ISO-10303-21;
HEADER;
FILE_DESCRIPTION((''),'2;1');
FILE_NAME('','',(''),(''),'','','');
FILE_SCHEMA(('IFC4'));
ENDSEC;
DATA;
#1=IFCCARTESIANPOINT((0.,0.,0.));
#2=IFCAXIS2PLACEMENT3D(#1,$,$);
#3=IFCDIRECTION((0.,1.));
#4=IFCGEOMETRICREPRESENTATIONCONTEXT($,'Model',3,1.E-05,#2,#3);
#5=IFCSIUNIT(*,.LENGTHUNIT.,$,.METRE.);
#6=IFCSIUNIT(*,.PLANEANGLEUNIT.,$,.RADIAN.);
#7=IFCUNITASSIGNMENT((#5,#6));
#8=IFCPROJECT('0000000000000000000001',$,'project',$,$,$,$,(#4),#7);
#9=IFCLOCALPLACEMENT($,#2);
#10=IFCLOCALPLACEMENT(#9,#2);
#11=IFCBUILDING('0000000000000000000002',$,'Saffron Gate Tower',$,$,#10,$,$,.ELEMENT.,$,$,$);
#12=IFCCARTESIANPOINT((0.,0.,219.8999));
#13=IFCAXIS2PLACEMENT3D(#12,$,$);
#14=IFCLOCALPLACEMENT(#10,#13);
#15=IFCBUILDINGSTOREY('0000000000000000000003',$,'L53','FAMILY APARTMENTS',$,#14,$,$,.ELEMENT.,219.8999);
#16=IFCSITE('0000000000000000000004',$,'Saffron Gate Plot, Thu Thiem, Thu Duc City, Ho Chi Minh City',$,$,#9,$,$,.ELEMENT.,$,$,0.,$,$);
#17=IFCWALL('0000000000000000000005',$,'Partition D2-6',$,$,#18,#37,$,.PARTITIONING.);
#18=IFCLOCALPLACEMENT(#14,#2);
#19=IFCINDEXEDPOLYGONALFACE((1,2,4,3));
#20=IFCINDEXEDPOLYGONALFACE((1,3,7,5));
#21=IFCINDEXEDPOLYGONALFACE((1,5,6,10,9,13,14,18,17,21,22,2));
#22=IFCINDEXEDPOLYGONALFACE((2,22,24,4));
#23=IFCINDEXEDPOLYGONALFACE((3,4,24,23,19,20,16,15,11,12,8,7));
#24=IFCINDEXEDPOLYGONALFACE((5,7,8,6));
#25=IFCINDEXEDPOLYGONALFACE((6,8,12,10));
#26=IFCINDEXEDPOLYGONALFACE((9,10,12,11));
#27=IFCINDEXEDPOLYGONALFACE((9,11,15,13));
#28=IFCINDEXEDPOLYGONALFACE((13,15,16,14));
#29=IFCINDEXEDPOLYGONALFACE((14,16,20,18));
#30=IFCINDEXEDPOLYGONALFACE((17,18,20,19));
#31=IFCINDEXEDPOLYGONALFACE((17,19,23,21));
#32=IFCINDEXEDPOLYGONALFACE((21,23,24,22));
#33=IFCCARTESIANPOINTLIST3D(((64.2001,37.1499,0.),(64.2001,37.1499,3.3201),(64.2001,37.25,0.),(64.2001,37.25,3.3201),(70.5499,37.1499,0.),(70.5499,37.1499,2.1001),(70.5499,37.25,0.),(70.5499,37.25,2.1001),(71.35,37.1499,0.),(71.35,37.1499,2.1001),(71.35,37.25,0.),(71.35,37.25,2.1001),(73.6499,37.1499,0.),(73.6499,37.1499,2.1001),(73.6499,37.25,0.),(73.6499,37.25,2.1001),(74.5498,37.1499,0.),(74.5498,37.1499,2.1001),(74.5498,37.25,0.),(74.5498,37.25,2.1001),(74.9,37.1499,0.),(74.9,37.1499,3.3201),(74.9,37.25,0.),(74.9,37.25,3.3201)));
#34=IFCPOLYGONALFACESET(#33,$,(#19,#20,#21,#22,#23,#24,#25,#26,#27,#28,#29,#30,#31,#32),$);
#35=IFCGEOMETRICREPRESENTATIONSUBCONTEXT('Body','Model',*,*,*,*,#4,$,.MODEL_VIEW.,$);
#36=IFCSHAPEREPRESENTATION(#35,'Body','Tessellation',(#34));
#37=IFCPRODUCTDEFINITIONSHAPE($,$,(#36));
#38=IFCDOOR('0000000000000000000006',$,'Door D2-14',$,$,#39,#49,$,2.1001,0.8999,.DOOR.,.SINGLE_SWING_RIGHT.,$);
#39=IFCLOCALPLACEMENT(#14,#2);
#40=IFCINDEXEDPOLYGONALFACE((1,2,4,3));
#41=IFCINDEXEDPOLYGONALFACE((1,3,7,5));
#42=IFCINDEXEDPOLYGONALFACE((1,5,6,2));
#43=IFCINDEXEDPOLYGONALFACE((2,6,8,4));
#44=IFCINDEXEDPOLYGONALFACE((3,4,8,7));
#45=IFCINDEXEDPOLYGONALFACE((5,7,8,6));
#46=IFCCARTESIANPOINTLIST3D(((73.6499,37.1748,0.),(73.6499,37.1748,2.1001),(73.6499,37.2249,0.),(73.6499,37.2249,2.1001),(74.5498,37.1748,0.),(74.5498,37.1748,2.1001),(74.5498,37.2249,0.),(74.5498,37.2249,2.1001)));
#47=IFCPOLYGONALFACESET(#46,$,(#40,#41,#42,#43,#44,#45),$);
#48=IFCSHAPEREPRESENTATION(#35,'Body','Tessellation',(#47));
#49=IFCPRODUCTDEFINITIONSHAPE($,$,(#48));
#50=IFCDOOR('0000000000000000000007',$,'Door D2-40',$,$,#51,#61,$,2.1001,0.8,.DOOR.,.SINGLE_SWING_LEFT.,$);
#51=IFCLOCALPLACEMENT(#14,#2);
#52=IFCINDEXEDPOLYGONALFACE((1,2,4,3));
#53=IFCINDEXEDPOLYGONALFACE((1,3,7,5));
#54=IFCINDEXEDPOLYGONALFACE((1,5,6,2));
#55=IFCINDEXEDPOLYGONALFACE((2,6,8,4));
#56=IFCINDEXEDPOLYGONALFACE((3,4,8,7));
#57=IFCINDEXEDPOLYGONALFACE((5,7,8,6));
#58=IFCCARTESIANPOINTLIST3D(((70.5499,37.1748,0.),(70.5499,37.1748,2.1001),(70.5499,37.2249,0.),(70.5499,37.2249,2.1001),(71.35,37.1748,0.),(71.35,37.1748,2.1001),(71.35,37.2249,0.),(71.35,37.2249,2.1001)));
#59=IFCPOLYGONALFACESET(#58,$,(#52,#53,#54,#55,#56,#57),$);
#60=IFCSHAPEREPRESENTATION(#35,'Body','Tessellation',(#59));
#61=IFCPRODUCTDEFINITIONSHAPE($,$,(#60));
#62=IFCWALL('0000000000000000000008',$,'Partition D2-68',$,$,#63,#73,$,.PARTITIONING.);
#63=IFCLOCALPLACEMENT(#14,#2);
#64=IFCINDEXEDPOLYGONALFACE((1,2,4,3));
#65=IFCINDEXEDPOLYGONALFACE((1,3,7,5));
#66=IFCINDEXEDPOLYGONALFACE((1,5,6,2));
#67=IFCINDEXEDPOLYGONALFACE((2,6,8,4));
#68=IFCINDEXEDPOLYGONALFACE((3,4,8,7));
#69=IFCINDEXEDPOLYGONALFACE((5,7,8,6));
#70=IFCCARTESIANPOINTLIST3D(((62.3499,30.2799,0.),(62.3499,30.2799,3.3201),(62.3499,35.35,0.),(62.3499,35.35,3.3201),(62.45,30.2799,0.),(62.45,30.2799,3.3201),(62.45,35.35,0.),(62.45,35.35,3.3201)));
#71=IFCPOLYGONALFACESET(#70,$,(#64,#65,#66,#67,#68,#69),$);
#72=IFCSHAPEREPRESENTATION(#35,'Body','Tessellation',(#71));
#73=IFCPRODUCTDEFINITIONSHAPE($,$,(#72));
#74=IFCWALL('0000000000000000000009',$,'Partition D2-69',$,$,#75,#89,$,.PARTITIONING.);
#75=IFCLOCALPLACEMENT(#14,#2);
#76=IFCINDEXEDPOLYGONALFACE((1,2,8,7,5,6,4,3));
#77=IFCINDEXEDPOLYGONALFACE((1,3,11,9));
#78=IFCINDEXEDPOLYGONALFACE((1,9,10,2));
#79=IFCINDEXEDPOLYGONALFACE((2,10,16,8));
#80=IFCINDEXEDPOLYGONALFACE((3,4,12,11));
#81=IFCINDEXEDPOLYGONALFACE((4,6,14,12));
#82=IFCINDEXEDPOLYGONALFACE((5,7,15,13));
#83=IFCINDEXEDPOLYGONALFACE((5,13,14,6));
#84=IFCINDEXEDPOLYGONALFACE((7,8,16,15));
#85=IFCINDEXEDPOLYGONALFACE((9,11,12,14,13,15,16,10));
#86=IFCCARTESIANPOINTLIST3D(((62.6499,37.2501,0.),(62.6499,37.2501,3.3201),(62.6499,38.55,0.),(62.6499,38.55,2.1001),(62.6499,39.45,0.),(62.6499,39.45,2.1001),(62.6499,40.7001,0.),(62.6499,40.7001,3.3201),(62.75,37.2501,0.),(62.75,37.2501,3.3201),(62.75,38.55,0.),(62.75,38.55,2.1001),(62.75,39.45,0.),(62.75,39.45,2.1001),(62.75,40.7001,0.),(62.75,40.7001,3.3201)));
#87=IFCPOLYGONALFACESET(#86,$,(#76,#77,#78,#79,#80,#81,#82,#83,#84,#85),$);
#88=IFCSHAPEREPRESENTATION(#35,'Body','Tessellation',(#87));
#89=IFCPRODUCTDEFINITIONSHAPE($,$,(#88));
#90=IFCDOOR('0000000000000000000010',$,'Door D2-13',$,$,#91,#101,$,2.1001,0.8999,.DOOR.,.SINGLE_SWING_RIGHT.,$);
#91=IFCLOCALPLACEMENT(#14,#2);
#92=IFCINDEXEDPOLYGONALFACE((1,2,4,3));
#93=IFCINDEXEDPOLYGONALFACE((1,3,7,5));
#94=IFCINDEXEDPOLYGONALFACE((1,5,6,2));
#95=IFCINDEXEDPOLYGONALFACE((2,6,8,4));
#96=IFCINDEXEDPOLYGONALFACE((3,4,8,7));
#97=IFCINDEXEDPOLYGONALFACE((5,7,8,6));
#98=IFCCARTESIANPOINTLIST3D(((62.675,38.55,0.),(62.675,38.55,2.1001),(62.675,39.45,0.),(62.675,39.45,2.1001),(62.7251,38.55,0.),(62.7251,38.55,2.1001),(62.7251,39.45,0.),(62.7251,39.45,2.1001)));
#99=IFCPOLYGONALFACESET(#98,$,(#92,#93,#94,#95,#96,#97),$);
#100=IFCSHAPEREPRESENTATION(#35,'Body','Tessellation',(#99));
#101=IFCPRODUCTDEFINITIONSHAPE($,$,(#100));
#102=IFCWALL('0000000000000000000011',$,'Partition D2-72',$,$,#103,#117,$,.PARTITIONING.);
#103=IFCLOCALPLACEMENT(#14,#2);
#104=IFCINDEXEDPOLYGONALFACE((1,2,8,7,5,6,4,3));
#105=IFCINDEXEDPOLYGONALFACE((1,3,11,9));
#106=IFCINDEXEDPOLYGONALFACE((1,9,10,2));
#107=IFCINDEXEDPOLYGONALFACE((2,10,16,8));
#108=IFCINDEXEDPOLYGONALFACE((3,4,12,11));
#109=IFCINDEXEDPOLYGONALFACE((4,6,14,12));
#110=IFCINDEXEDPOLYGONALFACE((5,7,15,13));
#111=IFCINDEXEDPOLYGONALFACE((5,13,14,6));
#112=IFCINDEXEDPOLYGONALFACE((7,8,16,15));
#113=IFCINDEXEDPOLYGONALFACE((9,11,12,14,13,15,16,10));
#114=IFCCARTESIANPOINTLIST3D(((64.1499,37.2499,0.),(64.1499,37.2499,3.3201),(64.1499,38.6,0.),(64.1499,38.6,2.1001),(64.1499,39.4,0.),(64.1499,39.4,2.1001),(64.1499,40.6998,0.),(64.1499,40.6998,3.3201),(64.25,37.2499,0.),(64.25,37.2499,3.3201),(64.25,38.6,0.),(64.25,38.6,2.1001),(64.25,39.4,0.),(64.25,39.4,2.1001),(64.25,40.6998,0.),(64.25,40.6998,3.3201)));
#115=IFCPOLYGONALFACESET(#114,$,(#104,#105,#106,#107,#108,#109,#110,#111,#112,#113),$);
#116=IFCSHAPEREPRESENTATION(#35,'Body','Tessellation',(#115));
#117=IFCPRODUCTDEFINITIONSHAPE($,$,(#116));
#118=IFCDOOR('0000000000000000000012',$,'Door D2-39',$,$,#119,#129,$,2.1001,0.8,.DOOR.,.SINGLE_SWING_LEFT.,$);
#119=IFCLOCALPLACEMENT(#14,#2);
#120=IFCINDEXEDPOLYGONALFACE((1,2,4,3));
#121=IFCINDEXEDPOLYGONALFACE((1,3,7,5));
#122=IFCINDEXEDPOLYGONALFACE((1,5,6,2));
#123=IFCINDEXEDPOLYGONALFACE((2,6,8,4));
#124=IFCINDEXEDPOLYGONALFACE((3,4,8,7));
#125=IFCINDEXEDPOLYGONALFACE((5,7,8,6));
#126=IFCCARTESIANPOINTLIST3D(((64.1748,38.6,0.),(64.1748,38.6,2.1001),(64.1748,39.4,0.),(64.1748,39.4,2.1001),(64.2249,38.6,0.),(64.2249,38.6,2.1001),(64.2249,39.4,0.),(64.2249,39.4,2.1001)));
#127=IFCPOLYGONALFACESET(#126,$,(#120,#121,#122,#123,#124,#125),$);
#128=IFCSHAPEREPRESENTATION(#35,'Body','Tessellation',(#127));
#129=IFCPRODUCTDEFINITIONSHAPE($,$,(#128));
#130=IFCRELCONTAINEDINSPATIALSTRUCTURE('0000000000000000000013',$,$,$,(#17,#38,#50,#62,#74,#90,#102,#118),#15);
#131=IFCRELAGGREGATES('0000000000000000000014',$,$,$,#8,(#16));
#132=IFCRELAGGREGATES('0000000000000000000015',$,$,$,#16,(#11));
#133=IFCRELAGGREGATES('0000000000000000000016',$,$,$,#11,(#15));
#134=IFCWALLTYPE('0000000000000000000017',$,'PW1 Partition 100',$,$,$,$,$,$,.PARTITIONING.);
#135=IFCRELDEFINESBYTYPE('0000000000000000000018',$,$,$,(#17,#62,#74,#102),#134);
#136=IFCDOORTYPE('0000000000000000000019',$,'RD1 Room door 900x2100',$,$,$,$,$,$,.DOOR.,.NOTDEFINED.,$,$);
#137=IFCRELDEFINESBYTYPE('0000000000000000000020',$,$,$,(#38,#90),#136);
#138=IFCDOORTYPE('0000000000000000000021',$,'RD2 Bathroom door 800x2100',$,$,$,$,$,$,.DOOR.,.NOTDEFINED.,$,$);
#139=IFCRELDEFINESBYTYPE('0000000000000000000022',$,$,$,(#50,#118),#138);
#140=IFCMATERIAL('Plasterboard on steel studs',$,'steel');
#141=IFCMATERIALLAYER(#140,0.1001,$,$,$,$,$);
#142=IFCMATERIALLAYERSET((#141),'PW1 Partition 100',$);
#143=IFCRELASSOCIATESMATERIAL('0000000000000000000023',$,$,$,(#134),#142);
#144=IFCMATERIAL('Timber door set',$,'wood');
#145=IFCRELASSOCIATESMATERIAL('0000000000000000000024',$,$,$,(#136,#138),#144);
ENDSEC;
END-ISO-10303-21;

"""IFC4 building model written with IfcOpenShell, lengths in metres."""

from ifc_helpers import new_model, si_unit, direction, frame, frame_2d, origin, place, context, subcontext, project, spatial, rectangle, extrude, material, layer, layer_set, type_object, element, fill, save


model = new_model("IFC4")

# Units and contexts
model_context = context("Model", 3, precision=1e-05, world=origin(), true_north=direction((0.0, 1.0)))
body_context = subcontext(model_context, "Body", "Model", "MODEL_VIEW")
ifc_project = project(units=[si_unit("LENGTHUNIT", "METRE"), si_unit("PLANEANGLEUNIT", "RADIAN")], contexts=[model_context])

# Site, building, storey
site_placement = place(None, origin())
site = spatial("IfcSite", under=ifc_project, at=site_placement, Name="Saffron Gate Plot, Thu Thiem, Thu Duc City, Ho Chi Minh City", CompositionType="ELEMENT", RefElevation=0.0)
building_placement = place(site_placement, origin())
building = spatial("IfcBuilding", under=site, at=building_placement, Name="Saffron Gate Tower", CompositionType="ELEMENT")
storey_placement = place(building_placement, frame((0.0, 0.0, 219.8999)))
storey = spatial("IfcBuildingStorey", under=building, at=storey_placement, Name="L53", Description="FAMILY APARTMENTS", CompositionType="ELEMENT", Elevation=219.8999)

# Wall, openings, doors
ifc_material_1 = material(Name="Plasterboard on steel studs", Category="steel")
ifc_layer = layer(ifc_material_1, 0.1001)
ifc_layer_set = layer_set([ifc_layer], Name="PW1 Partition 100")
wall_type = type_object("IfcWallType", Name="PW1 Partition 100", PredefinedType="PARTITIONING", material=ifc_layer_set)
wall_1_placement = place(storey_placement, frame((64.2, 37.2, 0.0), z_axis=(0.0, 0.0, 1.0), x_axis=(1.0, 0.0, 0.0)))
wall_1 = element("IfcWall", 1, at=wall_1_placement, inside=storey, type_object=wall_type, Name="Partition D2-6", PredefinedType="PARTITIONING", context=body_context, shape_type="SweptSolid", body=[
    extrude(rectangle(XDim=10.7, YDim=0.1001, at=frame_2d((5.3501, 0.0))), origin(), (0.0, 0.0, 1.0), 3.3201),
])
opening_1_placement = place(wall_1_placement, frame((6.3501, 0.0, 0.0)))
opening_1 = element("IfcOpeningElement", 2, at=opening_1_placement, cuts=wall_1, PredefinedType="OPENING", context=body_context, shape_type="SweptSolid", body=[
    extrude(rectangle(XDim=0.8, YDim=2.1001, at=frame_2d((0.3999, 1.05))), frame((0.0, 0.0601, 0.0), z_axis=(0.0, -1.0, 0.0), x_axis=(1.0, 0.0, 0.0)), (0.0, 0.0, 1.0), 0.1201),
])
opening_2_placement = place(wall_1_placement, frame((9.45, 0.0, 0.0)))
opening_2 = element("IfcOpeningElement", 3, at=opening_2_placement, cuts=wall_1, PredefinedType="OPENING", context=body_context, shape_type="SweptSolid", body=[
    extrude(rectangle(XDim=0.8999, YDim=2.1001, at=frame_2d((0.45, 1.05))), frame((0.0, 0.0601, 0.0), z_axis=(0.0, -1.0, 0.0), x_axis=(1.0, 0.0, 0.0)), (0.0, 0.0, 1.0), 0.1201),
])
ifc_material_2 = material(Name="Timber door set", Category="wood")
door_type_1 = type_object("IfcDoorType", Name="RD1 Room door 900x2100", OperationType="NOTDEFINED", PredefinedType="DOOR", material=ifc_material_2)
door_1_placement = place(opening_2_placement, origin())
door_1 = element("IfcDoor", 4, at=door_1_placement, inside=storey, type_object=door_type_1, Name="Door D2-14", OperationType="SINGLE_SWING_RIGHT", OverallHeight=2.1001, OverallWidth=0.8999, PredefinedType="DOOR", context=body_context, shape_type="SweptSolid", body=[
    extrude(rectangle(XDim=0.8999, YDim=2.1001, at=frame_2d((0.45, 1.05))), frame((0.0, 0.0249, 0.0), z_axis=(0.0, -1.0, 0.0), x_axis=(1.0, 0.0, 0.0)), (0.0, 0.0, 1.0), 0.05),
])
fill(opening_2, door_1)
door_type_2 = type_object("IfcDoorType", Name="RD2 Bathroom door 800x2100", OperationType="NOTDEFINED", PredefinedType="DOOR", material=ifc_material_2)
door_2_placement = place(opening_1_placement, origin())
door_2 = element("IfcDoor", 5, at=door_2_placement, inside=storey, type_object=door_type_2, Name="Door D2-40", OperationType="SINGLE_SWING_LEFT", OverallHeight=2.1001, OverallWidth=0.8, PredefinedType="DOOR", context=body_context, shape_type="SweptSolid", body=[
    extrude(rectangle(XDim=0.8, YDim=2.1001, at=frame_2d((0.3999, 1.05))), frame((0.0, 0.0249, 0.0), z_axis=(0.0, -1.0, 0.0), x_axis=(1.0, 0.0, 0.0)), (0.0, 0.0, 1.0), 0.05),
])
fill(opening_1, door_2)

# Wall
wall_2_placement = place(storey_placement, frame((62.3999, 35.3501, 0.0), z_axis=(0.0, 0.0, 1.0), x_axis=(0.0, -1.0, 0.0)))
element("IfcWall", 6, at=wall_2_placement, inside=storey, type_object=wall_type, Name="Partition D2-68", PredefinedType="PARTITIONING", context=body_context, shape_type="SweptSolid", body=[
    extrude(rectangle(XDim=5.0701, YDim=0.1001, at=frame_2d((2.5352, 0.0))), origin(), (0.0, 0.0, 1.0), 3.3201),
])

# Walls, openings, doors
wall_3_placement = place(storey_placement, frame((62.7, 37.25, 0.0), z_axis=(0.0, 0.0, 1.0), x_axis=(0.0, 1.0, 0.0)))
wall_3 = element("IfcWall", 7, at=wall_3_placement, inside=storey, type_object=wall_type, Name="Partition D2-69", PredefinedType="PARTITIONING", context=body_context, shape_type="SweptSolid", body=[
    extrude(rectangle(XDim=3.45, YDim=0.1001, at=frame_2d((1.7251, 0.0))), origin(), (0.0, 0.0, 1.0), 3.3201),
])
opening_3_placement = place(wall_3_placement, frame((1.3, 0.0, 0.0)))
opening_3 = element("IfcOpeningElement", 8, at=opening_3_placement, cuts=wall_3, PredefinedType="OPENING", context=body_context, shape_type="SweptSolid", body=[
    extrude(rectangle(XDim=0.8999, YDim=2.1001, at=frame_2d((0.45, 1.05))), frame((0.0, 0.0601, 0.0), z_axis=(0.0, -1.0, 0.0), x_axis=(1.0, 0.0, 0.0)), (0.0, 0.0, 1.0), 0.1201),
])
door_3_placement = place(opening_3_placement, origin())
door_3 = element("IfcDoor", 9, at=door_3_placement, inside=storey, type_object=door_type_1, Name="Door D2-13", OperationType="SINGLE_SWING_RIGHT", OverallHeight=2.1001, OverallWidth=0.8999, PredefinedType="DOOR", context=body_context, shape_type="SweptSolid", body=[
    extrude(rectangle(XDim=0.8999, YDim=2.1001, at=frame_2d((0.45, 1.05))), frame((0.0, 0.0249, 0.0), z_axis=(0.0, -1.0, 0.0), x_axis=(1.0, 0.0, 0.0)), (0.0, 0.0, 1.0), 0.05),
])
fill(opening_3, door_3)
wall_4_placement = place(storey_placement, frame((64.2, 40.7, 0.0), z_axis=(0.0, 0.0, 1.0), x_axis=(0.0, -1.0, 0.0)))
wall_4 = element("IfcWall", 10, at=wall_4_placement, inside=storey, type_object=wall_type, Name="Partition D2-72", PredefinedType="PARTITIONING", context=body_context, shape_type="SweptSolid", body=[
    extrude(rectangle(XDim=3.45, YDim=0.1001, at=frame_2d((1.7251, 0.0))), origin(), (0.0, 0.0, 1.0), 3.3201),
])
opening_4_placement = place(wall_4_placement, frame((1.3, 0.0, 0.0)))
opening_4 = element("IfcOpeningElement", 11, at=opening_4_placement, cuts=wall_4, PredefinedType="OPENING", context=body_context, shape_type="SweptSolid", body=[
    extrude(rectangle(XDim=0.8, YDim=2.1001, at=frame_2d((0.3999, 1.05))), frame((0.0, 0.0601, 0.0), z_axis=(0.0, -1.0, 0.0), x_axis=(1.0, 0.0, 0.0)), (0.0, 0.0, 1.0), 0.1201),
])
door_4_placement = place(opening_4_placement, origin())
door_4 = element("IfcDoor", 12, at=door_4_placement, inside=storey, type_object=door_type_2, Name="Door D2-39", OperationType="SINGLE_SWING_LEFT", OverallHeight=2.1001, OverallWidth=0.8, PredefinedType="DOOR", context=body_context, shape_type="SweptSolid", body=[
    extrude(rectangle(XDim=0.8, YDim=2.1001, at=frame_2d((0.3999, 1.05))), frame((0.0, 0.0249, 0.0), z_axis=(0.0, -1.0, 0.0), x_axis=(1.0, 0.0, 0.0)), (0.0, 0.0, 1.0), 0.05),
])
fill(opening_4, door_4)

save(model, "model.ifc")
